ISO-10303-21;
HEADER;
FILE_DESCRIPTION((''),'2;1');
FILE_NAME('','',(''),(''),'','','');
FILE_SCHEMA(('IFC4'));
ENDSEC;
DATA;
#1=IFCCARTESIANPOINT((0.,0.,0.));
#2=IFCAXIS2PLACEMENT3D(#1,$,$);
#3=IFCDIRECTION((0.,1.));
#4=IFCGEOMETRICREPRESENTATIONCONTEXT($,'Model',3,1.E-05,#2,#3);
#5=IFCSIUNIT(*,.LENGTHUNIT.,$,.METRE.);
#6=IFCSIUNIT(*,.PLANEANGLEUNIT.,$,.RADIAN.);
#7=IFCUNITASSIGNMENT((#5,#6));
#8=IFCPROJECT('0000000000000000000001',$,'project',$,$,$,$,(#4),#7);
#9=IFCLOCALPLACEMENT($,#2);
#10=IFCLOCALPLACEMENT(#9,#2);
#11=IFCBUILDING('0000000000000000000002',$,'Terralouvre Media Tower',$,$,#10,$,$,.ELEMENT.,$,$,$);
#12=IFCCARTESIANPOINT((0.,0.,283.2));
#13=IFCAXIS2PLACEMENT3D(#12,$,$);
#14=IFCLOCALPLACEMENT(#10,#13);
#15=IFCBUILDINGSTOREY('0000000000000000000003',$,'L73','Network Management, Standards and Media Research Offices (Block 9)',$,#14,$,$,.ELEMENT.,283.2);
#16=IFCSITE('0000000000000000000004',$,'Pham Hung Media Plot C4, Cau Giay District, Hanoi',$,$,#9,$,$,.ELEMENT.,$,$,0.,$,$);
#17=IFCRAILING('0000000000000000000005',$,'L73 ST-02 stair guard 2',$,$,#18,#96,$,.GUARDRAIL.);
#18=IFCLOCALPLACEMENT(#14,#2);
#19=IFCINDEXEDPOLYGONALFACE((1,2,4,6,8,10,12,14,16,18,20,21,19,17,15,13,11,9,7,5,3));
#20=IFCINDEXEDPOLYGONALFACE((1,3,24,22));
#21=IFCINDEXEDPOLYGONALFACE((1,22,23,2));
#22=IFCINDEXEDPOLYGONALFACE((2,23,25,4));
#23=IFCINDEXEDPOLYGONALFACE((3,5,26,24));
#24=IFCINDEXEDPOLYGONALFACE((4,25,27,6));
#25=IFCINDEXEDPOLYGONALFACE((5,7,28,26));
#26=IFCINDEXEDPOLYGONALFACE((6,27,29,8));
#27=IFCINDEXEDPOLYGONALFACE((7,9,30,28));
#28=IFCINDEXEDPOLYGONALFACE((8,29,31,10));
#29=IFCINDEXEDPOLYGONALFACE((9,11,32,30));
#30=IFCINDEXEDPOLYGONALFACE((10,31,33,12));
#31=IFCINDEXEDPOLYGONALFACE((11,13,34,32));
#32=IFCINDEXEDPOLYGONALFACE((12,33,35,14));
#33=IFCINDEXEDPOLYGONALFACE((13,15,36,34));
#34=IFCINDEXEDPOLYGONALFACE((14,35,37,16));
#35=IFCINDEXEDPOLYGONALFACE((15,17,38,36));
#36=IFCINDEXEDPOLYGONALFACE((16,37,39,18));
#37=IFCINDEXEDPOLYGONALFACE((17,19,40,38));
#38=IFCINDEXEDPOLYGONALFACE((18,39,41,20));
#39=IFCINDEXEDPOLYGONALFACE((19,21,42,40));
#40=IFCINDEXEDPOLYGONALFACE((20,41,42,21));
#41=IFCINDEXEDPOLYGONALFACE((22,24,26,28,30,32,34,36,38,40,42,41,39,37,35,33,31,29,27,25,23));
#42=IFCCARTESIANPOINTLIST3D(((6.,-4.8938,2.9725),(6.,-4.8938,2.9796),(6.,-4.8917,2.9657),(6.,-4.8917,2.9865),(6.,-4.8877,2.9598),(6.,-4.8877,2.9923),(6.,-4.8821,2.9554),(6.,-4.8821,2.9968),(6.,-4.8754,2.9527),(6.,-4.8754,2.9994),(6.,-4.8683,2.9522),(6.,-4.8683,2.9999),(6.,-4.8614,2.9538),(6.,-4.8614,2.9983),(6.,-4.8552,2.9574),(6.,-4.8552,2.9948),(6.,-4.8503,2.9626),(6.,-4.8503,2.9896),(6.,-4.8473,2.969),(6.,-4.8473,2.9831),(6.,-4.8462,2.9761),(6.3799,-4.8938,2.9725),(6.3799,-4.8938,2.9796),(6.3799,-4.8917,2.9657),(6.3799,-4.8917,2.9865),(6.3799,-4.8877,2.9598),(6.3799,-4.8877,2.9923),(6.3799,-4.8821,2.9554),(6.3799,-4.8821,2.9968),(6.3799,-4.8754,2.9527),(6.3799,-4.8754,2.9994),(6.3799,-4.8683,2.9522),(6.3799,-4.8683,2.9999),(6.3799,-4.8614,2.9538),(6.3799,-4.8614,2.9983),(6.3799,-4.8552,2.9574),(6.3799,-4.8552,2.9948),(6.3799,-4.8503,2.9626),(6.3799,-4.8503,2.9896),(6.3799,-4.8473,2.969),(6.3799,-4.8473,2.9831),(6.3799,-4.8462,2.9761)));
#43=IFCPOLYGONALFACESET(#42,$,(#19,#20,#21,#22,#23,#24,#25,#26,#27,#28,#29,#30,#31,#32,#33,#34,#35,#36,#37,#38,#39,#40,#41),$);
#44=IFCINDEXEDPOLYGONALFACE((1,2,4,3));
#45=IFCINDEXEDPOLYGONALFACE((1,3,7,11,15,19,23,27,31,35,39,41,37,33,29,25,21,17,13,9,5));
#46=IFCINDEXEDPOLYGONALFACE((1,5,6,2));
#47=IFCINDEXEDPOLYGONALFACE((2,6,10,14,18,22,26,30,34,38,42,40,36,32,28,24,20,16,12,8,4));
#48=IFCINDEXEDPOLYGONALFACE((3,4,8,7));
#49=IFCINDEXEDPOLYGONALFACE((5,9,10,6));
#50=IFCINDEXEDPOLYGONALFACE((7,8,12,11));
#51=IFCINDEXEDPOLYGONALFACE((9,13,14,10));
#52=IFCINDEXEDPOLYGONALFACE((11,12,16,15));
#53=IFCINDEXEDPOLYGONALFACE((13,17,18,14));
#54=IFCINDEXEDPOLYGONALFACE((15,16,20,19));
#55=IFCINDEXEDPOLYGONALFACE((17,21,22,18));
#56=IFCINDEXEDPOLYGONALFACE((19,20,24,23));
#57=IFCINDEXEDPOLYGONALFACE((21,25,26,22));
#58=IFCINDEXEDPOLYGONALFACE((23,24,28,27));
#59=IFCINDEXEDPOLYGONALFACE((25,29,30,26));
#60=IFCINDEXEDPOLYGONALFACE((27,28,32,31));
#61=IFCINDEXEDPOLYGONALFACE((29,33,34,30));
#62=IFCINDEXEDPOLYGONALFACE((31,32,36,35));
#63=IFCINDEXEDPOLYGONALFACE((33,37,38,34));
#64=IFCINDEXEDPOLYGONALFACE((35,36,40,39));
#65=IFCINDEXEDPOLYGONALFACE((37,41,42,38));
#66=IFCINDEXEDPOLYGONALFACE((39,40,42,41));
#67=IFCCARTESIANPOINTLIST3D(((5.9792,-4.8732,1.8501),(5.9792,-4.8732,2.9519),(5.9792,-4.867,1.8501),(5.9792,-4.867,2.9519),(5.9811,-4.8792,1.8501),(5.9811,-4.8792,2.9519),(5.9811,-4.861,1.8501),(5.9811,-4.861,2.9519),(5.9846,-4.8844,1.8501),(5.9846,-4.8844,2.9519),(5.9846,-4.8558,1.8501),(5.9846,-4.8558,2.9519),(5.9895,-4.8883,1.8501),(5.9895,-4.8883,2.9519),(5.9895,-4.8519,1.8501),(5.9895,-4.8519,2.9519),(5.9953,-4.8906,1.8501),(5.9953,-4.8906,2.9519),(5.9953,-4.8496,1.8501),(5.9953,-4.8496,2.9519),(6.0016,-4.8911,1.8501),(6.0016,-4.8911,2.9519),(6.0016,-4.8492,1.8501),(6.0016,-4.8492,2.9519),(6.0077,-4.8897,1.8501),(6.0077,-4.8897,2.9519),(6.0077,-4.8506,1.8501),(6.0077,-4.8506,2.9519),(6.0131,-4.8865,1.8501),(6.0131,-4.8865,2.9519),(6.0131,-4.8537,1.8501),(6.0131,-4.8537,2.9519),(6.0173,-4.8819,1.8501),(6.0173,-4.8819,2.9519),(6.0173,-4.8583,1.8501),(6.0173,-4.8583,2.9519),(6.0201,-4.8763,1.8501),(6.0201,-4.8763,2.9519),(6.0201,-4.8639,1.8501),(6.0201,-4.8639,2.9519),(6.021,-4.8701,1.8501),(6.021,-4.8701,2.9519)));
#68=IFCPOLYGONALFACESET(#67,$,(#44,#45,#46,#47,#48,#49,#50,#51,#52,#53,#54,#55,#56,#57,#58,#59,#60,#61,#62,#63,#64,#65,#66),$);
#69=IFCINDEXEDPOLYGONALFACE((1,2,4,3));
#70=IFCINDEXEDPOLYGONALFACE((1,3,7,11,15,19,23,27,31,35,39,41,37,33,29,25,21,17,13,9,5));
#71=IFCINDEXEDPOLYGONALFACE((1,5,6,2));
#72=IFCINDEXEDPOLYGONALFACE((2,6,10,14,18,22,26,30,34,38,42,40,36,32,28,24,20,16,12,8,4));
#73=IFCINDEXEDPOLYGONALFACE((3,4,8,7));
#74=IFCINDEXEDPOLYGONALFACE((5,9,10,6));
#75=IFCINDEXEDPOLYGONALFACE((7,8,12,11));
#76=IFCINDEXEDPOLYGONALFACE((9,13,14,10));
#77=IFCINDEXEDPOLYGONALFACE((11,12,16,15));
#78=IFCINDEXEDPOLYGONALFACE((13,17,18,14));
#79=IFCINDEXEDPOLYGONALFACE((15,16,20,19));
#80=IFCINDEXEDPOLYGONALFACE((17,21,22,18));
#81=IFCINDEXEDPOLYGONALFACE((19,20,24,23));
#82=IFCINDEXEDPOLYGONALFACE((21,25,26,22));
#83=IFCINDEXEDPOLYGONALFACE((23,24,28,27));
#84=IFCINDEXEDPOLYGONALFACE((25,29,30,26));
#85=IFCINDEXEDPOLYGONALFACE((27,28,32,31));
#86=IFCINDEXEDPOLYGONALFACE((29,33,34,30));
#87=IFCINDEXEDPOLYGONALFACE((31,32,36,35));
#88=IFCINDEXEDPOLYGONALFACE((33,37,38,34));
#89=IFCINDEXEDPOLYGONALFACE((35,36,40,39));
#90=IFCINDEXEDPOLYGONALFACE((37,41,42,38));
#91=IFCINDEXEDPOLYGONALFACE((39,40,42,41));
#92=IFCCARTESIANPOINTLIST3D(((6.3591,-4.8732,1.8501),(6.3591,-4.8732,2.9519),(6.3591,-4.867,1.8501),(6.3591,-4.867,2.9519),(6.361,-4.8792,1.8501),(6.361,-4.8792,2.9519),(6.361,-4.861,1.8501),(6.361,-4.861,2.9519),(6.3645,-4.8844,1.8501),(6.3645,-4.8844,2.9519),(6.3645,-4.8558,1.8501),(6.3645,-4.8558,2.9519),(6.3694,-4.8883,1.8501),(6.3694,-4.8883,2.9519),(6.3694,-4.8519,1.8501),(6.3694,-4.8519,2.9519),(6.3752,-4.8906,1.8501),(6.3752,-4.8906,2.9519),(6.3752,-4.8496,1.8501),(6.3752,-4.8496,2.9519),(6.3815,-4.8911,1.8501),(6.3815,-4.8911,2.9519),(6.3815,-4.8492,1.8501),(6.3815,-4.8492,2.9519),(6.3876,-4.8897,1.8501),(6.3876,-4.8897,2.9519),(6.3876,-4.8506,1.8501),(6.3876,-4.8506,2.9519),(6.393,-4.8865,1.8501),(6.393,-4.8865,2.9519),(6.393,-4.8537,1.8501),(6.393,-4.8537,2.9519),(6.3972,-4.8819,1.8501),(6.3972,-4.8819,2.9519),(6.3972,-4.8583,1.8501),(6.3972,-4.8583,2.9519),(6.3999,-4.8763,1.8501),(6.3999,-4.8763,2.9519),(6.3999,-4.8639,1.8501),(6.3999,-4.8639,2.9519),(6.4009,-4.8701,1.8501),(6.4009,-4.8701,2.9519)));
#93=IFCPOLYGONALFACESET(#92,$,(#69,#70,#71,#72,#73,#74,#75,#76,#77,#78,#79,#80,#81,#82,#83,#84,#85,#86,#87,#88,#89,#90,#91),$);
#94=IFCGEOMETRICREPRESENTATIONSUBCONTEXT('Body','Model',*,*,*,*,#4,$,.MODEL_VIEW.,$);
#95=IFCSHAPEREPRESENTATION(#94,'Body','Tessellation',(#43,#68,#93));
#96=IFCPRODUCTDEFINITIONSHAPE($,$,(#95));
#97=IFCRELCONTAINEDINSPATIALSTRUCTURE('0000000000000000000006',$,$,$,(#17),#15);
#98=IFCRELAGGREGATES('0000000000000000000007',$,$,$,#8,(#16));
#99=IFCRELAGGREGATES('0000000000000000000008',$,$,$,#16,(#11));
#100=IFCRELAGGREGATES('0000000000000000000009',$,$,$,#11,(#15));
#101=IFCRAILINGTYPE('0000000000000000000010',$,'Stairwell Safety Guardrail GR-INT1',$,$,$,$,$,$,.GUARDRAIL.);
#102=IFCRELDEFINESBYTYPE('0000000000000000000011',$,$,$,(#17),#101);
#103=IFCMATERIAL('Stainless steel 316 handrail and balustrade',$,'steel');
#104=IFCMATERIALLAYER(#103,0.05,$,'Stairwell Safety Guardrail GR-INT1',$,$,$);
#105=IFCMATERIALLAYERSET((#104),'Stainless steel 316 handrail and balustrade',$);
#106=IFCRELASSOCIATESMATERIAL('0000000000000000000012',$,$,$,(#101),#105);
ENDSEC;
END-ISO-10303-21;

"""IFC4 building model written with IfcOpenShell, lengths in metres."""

from ifc_helpers import new_model, si_unit, direction, frame, origin, origin_2d, place, context, subcontext, project, spatial, circle, extrude, material, layer, layer_set, type_object, element, save


model = new_model("IFC4")

# Units and contexts
model_context = context("Model", 3, precision=1e-05, world=origin(), true_north=direction((0.0, 1.0)))
body_context = subcontext(model_context, "Body", "Model", "MODEL_VIEW")
ifc_project = project(units=[si_unit("LENGTHUNIT", "METRE"), si_unit("PLANEANGLEUNIT", "RADIAN")], contexts=[model_context])

# Site, building, storey
site_placement = place(None, origin())
site = spatial("IfcSite", under=ifc_project, at=site_placement, Name="Pham Hung Media Plot C4, Cau Giay District, Hanoi", CompositionType="ELEMENT", RefElevation=0.0)
building_placement = place(site_placement, origin())
building = spatial("IfcBuilding", under=site, at=building_placement, Name="Terralouvre Media Tower", CompositionType="ELEMENT")
storey_placement = place(building_placement, frame((0.0, 0.0, 283.2)))
storey = spatial("IfcBuildingStorey", under=building, at=storey_placement, Name="L73", Description="Network Management, Standards and Media Research Offices (Block 9)", CompositionType="ELEMENT", Elevation=283.2)

# Railing
ifc_material_1 = material(Name="Stainless steel 316 handrail and balustrade", Category="steel")
ifc_layer_1 = layer(ifc_material_1, 0.05, Name="Stairwell Safety Guardrail GR-INT1")
ifc_layer_set_1 = layer_set([ifc_layer_1], Name="Stainless steel 316 handrail and balustrade")
railing_type_1 = type_object("IfcRailingType", Name="Stairwell Safety Guardrail GR-INT1", PredefinedType="GUARDRAIL", material=ifc_layer_set_1)
railing_1_placement = place(storey_placement, frame((6.0, -4.8701, 1.8501)))
element("IfcRailing", 1, at=railing_1_placement, inside=storey, type_object=railing_type_1, Name="L73 ST-02 stair guard 2", PredefinedType="GUARDRAIL", context=body_context, shape_type="SweptSolid", body=[
    extrude(circle(Radius=0.0239, at=origin_2d()), frame((0.0, 0.0, 1.126), z_axis=(1.0, 0.0, 0.0), x_axis=(0.0, 1.0, 0.0)), (0.0, 0.0, 1.0), 0.3799),
    extrude(circle(Radius=0.021, at=origin_2d()), origin(), (0.0, 0.0, 1.0), 1.1018),
    extrude(circle(Radius=0.021, at=origin_2d()), frame((0.3799, 0.0, 0.0)), (0.0, 0.0, 1.0), 1.1018),
])

save(model, "model.ifc")
